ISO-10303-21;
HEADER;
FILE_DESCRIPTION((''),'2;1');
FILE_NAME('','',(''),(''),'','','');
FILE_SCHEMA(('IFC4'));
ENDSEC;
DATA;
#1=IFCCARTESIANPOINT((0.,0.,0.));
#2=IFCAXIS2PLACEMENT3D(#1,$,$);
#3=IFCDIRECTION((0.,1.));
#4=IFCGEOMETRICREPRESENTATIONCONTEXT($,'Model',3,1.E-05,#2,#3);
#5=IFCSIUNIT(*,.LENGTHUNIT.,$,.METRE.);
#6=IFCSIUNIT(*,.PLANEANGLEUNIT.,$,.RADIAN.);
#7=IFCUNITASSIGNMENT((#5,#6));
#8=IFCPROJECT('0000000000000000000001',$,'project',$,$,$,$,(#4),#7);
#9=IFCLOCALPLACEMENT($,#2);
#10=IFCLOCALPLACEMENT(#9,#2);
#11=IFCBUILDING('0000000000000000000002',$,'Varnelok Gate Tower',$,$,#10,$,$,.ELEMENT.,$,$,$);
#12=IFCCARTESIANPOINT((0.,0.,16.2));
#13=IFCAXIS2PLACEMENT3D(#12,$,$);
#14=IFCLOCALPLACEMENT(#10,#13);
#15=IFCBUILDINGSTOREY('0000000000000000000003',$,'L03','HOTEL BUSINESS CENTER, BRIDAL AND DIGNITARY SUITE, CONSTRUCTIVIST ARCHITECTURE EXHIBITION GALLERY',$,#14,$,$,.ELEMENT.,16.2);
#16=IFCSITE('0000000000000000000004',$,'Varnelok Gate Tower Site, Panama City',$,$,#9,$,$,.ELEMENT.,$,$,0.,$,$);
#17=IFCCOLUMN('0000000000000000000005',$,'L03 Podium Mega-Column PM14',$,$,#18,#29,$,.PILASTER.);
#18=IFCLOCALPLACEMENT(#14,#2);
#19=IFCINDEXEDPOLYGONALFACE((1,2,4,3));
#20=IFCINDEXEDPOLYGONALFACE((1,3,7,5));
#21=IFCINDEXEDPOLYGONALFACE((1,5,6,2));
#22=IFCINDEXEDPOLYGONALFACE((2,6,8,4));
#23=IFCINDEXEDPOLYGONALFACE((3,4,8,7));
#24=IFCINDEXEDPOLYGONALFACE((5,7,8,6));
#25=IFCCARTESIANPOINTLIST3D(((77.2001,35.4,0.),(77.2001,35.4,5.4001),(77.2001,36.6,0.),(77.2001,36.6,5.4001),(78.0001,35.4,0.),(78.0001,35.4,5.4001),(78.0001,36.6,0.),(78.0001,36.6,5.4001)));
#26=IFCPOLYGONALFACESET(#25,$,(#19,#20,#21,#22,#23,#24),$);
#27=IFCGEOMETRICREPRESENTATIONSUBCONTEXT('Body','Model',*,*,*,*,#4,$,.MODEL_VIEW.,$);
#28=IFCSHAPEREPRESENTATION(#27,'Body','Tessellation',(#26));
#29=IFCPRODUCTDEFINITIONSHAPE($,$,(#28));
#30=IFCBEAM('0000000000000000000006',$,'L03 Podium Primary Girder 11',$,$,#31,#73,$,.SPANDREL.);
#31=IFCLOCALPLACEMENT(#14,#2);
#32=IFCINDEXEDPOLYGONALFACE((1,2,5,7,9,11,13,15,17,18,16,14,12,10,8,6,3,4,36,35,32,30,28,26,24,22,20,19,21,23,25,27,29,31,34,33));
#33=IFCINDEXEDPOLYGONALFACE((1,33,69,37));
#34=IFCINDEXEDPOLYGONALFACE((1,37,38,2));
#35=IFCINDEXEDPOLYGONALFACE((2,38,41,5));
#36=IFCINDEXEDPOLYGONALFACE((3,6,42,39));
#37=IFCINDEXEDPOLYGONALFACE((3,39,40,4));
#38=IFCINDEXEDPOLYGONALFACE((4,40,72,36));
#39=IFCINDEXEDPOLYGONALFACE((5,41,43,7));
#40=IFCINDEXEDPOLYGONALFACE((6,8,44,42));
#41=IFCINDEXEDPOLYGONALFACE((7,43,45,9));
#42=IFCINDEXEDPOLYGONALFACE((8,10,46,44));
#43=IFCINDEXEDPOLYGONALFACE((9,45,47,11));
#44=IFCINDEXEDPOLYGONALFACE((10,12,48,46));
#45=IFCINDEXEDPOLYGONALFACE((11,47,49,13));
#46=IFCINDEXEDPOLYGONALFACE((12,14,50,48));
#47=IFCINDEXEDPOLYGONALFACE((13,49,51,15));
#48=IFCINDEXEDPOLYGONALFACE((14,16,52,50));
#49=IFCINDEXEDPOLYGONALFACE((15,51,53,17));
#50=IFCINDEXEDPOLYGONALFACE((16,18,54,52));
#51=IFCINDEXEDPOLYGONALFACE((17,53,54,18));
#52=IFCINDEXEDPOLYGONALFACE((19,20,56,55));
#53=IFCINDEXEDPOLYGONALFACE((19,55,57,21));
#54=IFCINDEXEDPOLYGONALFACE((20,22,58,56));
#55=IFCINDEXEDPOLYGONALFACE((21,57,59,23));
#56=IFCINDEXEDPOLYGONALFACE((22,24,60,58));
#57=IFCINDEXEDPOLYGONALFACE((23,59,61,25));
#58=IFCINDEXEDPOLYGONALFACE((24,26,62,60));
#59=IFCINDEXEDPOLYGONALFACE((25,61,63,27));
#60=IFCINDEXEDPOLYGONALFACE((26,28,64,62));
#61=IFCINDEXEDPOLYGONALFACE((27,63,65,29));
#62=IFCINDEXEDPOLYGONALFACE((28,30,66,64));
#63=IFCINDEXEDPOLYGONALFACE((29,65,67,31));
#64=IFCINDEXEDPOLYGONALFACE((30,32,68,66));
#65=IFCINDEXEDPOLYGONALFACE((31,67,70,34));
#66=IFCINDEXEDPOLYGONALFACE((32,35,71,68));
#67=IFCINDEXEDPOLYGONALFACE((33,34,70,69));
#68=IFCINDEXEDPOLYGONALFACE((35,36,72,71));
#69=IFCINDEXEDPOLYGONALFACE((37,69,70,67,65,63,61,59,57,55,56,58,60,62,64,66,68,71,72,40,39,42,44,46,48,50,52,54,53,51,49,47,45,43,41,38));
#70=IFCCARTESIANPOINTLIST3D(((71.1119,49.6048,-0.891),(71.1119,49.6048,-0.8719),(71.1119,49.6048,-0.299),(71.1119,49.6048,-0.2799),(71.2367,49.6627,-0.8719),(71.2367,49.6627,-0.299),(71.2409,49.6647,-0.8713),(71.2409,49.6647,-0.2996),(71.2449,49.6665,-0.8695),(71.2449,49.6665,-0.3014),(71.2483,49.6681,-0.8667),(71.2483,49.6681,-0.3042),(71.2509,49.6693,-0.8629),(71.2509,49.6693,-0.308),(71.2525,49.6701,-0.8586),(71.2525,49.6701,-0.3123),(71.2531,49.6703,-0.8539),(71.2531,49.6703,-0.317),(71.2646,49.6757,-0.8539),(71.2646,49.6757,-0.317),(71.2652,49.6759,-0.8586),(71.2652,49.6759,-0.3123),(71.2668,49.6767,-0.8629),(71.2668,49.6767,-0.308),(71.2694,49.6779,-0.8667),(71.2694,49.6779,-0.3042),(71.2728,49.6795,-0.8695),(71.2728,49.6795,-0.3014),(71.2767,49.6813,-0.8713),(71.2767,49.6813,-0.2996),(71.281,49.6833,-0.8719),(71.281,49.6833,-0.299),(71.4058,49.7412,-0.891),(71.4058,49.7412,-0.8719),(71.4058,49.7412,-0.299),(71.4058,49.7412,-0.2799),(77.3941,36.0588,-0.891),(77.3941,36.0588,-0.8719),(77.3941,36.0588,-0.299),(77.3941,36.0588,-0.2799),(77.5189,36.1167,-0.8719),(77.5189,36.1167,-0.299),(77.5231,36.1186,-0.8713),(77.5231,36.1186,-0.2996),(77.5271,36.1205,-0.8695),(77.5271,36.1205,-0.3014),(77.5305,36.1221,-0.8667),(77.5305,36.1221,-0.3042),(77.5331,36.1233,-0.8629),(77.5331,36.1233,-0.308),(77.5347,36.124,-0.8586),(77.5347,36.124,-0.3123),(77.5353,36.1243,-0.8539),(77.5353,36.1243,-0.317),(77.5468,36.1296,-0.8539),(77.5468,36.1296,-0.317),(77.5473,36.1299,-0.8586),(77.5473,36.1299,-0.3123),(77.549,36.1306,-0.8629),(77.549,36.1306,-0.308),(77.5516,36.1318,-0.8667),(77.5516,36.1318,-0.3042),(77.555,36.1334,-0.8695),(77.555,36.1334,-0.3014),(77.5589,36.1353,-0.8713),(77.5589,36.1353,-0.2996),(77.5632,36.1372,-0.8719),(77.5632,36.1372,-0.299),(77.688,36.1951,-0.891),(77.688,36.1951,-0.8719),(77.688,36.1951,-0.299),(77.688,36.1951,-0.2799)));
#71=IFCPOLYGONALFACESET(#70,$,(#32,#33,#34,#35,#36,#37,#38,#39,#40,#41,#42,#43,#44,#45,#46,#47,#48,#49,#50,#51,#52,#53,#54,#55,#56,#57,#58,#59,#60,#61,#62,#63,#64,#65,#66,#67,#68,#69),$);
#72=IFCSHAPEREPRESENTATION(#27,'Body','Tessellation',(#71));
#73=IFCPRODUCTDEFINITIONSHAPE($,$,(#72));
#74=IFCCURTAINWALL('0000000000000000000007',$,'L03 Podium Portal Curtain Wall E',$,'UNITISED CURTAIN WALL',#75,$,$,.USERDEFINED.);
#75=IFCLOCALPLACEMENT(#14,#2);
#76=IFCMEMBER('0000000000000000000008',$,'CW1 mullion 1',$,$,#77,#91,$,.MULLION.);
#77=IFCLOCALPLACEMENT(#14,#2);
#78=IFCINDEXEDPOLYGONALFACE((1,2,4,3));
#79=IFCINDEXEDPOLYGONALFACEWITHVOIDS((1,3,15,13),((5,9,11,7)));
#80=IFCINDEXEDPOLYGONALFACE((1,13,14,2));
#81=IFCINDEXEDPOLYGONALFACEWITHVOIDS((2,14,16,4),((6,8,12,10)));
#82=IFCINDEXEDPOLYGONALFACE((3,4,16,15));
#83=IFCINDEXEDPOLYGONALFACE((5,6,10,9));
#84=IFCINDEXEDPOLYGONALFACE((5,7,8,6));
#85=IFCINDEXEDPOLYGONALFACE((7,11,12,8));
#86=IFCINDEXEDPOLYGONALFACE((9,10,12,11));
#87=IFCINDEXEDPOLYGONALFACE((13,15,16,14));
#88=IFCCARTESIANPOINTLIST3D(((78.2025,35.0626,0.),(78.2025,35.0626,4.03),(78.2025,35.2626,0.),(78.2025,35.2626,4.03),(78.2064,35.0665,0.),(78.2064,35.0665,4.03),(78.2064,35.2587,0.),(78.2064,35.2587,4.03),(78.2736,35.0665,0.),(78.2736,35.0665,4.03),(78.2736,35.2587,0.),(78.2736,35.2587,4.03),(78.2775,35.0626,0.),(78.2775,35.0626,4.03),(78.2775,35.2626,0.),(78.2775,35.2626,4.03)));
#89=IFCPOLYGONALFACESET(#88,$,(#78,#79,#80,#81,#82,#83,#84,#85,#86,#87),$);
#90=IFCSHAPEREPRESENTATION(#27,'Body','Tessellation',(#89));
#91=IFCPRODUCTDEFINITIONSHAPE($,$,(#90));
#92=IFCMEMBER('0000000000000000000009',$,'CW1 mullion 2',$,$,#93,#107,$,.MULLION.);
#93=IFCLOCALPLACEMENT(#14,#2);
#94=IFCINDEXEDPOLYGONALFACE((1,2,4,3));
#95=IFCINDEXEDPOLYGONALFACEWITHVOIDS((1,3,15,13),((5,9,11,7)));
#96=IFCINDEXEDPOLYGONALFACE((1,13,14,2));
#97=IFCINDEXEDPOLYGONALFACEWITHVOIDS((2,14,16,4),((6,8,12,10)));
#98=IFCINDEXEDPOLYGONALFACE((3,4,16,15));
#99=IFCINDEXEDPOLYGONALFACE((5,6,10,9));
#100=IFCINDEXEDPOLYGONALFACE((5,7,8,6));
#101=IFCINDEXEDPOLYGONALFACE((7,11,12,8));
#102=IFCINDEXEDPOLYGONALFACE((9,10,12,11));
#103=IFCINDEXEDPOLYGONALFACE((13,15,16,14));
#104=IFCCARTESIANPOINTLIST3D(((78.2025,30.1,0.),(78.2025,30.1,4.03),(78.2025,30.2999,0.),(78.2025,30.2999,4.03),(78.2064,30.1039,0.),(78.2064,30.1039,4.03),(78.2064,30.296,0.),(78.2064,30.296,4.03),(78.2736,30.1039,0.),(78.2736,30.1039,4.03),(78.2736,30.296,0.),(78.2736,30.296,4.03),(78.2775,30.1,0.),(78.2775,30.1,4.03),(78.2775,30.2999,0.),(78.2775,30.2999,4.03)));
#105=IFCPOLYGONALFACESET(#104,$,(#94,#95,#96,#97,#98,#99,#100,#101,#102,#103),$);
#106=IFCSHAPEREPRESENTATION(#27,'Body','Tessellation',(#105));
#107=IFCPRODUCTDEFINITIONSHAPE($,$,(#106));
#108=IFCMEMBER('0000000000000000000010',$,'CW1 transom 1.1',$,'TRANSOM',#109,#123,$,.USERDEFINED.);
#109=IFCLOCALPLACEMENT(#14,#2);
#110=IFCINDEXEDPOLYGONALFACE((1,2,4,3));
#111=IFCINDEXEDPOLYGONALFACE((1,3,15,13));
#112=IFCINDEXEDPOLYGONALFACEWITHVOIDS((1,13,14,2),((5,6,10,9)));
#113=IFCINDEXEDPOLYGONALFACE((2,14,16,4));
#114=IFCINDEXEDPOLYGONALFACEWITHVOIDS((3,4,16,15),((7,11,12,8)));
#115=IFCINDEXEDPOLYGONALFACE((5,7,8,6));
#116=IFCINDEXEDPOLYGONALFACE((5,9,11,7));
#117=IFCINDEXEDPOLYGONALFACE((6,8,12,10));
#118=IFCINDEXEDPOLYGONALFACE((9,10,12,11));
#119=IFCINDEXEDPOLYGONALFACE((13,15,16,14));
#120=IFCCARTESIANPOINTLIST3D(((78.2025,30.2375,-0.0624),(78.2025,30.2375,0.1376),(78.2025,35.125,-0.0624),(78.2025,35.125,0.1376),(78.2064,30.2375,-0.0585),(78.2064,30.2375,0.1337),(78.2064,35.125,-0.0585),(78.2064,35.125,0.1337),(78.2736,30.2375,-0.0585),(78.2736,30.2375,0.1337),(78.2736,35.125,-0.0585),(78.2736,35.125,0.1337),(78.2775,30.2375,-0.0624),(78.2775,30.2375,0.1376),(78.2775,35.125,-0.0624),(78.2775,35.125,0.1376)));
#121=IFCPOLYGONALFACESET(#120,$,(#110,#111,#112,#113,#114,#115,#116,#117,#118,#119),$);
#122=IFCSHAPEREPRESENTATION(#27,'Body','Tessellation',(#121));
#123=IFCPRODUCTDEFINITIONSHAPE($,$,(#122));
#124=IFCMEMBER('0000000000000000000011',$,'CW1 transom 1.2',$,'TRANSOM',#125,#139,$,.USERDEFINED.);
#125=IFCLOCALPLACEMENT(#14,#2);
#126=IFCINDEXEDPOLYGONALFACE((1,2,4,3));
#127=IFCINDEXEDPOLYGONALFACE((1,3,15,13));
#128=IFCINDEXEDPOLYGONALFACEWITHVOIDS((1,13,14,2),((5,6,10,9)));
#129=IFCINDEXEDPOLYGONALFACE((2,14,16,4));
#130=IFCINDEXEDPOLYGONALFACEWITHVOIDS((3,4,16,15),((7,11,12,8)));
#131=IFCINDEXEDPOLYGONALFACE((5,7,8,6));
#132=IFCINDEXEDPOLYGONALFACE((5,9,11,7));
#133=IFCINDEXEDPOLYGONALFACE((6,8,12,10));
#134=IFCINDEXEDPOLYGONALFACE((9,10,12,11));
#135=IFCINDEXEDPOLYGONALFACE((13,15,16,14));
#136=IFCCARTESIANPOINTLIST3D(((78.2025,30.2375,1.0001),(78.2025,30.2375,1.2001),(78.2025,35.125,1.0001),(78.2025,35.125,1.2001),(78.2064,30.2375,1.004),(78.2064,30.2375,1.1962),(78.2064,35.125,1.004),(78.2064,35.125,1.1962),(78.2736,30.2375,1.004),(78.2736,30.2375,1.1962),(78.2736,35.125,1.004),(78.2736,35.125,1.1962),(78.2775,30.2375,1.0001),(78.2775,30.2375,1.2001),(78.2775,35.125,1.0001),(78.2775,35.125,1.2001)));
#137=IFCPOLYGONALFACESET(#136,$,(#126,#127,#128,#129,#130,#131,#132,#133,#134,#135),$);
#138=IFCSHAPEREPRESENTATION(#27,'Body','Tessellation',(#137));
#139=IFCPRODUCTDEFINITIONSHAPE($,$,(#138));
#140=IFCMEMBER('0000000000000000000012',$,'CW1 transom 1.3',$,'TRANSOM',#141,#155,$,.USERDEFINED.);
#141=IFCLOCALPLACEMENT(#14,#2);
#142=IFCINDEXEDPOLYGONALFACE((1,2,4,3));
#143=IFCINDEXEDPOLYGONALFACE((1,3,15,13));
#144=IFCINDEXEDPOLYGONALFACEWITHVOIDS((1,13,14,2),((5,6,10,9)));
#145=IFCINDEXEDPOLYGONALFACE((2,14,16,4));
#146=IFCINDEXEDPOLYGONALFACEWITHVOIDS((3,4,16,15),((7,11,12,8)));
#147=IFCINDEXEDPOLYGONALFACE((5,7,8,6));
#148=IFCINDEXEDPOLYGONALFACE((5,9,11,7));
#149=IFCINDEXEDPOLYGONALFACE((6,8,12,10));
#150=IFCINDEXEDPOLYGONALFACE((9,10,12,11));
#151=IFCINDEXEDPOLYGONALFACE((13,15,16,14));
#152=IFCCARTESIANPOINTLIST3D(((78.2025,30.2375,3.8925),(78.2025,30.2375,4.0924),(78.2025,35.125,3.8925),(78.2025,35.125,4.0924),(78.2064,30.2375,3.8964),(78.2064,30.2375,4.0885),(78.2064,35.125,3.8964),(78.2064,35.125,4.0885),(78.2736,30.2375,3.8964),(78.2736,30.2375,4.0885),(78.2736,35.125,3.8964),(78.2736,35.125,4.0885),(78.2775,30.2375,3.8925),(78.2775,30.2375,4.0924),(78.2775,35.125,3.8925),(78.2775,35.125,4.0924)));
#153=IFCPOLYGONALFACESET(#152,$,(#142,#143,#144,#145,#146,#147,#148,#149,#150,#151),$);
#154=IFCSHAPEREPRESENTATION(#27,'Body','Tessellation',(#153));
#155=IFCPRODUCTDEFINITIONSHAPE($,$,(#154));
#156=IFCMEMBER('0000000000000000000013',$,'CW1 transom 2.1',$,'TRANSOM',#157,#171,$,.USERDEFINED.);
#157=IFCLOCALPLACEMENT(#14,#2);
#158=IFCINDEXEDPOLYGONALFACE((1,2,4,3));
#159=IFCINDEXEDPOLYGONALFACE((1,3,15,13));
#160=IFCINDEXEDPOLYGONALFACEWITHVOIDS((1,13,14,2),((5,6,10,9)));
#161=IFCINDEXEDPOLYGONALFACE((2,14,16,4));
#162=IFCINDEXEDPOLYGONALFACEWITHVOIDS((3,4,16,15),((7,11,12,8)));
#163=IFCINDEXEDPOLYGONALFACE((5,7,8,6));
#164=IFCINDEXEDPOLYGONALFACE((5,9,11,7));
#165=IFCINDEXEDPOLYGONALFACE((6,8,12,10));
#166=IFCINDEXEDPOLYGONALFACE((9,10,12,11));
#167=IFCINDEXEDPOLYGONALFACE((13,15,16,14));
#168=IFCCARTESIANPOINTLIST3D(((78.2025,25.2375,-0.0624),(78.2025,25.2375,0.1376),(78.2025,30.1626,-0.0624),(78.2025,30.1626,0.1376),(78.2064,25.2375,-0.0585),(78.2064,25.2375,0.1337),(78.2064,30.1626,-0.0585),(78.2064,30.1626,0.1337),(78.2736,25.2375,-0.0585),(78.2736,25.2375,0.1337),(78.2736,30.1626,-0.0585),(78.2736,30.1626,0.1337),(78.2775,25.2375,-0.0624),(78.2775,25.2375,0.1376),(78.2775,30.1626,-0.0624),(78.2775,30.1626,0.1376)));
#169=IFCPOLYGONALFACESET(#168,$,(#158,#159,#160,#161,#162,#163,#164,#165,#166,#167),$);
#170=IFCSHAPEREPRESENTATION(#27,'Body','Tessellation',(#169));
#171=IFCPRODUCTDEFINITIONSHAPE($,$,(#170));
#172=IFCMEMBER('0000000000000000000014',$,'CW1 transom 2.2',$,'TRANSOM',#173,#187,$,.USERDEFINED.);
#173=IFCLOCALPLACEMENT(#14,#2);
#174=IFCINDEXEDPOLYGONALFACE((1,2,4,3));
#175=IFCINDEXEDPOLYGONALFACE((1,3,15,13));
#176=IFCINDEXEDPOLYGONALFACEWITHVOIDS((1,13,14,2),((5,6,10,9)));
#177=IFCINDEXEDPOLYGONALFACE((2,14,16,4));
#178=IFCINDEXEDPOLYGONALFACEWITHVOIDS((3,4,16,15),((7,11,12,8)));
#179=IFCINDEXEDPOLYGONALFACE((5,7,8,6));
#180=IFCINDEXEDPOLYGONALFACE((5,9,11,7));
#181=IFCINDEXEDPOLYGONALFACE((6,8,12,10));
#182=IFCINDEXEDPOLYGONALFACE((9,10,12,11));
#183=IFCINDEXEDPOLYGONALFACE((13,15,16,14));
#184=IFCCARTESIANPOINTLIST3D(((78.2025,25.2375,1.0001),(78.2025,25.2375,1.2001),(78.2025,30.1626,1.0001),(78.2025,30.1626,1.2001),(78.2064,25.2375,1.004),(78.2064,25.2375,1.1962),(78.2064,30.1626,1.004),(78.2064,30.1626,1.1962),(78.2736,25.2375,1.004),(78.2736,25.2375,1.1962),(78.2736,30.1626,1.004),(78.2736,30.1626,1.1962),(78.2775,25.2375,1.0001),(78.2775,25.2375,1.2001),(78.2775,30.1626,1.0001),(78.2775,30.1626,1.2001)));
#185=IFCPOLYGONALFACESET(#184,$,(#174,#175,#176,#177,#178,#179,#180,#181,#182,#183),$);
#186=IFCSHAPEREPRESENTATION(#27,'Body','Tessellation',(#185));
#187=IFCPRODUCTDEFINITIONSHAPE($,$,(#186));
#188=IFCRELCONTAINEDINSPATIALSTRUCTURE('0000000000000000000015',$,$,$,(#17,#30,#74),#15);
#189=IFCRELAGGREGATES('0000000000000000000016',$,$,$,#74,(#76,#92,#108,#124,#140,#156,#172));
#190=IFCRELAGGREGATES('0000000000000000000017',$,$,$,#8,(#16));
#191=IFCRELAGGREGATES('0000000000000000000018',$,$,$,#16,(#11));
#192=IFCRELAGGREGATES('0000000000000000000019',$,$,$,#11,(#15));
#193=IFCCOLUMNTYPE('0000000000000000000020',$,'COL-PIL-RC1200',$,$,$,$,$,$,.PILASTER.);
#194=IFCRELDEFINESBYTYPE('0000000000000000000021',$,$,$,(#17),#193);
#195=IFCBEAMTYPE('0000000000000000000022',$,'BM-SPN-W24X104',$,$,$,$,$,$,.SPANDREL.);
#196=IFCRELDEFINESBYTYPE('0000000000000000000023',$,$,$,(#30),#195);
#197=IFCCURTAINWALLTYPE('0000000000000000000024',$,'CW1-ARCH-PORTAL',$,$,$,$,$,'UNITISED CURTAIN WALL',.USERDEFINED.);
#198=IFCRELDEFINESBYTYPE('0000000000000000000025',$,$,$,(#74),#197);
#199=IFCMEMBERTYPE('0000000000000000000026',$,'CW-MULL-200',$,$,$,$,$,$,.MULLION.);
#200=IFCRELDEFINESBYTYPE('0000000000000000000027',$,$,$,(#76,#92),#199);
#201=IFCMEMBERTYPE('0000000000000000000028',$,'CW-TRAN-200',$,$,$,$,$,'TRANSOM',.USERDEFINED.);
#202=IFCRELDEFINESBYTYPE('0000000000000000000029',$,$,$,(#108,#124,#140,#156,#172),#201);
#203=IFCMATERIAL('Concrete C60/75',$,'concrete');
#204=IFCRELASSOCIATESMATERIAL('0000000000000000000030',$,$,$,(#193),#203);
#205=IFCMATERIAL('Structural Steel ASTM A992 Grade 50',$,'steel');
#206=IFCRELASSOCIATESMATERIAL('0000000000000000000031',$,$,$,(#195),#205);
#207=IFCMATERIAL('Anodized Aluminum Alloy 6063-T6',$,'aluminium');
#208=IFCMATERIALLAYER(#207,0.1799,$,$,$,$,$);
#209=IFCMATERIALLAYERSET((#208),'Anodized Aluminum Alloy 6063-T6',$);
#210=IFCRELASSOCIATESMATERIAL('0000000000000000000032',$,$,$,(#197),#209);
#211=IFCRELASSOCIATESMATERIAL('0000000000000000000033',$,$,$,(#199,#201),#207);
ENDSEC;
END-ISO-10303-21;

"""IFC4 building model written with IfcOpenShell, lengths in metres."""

from ifc_helpers import new_model, si_unit, direction, frame, origin, origin_2d, place, context, subcontext, project, spatial, rectangle, hollow_rectangle, i_section, extrude, material, layer, layer_set, material_profile, profile_set, type_object, element, aggregate, save


model = new_model("IFC4")

# Units and contexts
model_context = context("Model", 3, precision=1e-05, world=origin(), true_north=direction((0.0, 1.0)))
body_context = subcontext(model_context, "Body", "Model", "MODEL_VIEW")
ifc_project = project(units=[si_unit("LENGTHUNIT", "METRE"), si_unit("PLANEANGLEUNIT", "RADIAN")], contexts=[model_context])

# Site, building, storey
site_placement = place(None, origin())
site = spatial("IfcSite", under=ifc_project, at=site_placement, Name="Varnelok Gate Tower Site, Panama City", CompositionType="ELEMENT", RefElevation=0.0)
building_placement = place(site_placement, origin())
building = spatial("IfcBuilding", under=site, at=building_placement, Name="Varnelok Gate Tower", CompositionType="ELEMENT")
storey_placement = place(building_placement, frame((0.0, 0.0, 16.2)))
storey = spatial("IfcBuildingStorey", under=building, at=storey_placement, Name="L03", Description="HOTEL BUSINESS CENTER, BRIDAL AND DIGNITARY SUITE, CONSTRUCTIVIST ARCHITECTURE EXHIBITION GALLERY", CompositionType="ELEMENT", Elevation=16.2)

# Column
ifc_material_1 = material(Name="Concrete C60/75", Category="concrete")
ifc_material_profile_1 = material_profile(ifc_material_1, rectangle(XDim=0.8, YDim=1.2, at=origin_2d()), Name="RC1200X800")
ifc_profile_set_1 = profile_set([ifc_material_profile_1], Name="Concrete C60/75")
column_type = type_object("IfcColumnType", Name="COL-PIL-RC1200", PredefinedType="PILASTER", material=ifc_profile_set_1)
column_placement = place(storey_placement, frame((77.6001, 36.0, 0.0), z_axis=(0.0, 0.0, 1.0), x_axis=(1.0, 0.0, 0.0)))
element("IfcColumn", 1, at=column_placement, inside=storey, type_object=column_type, Name="L03 Podium Mega-Column PM14", PredefinedType="PILASTER", context=body_context, shape_type="SweptSolid", body=[
    extrude(rectangle(XDim=0.8, YDim=1.2, at=origin_2d()), origin(), (0.0, 0.0, 1.0), 5.4001),
])

# Beam
ifc_material_2 = material(Name="Structural Steel ASTM A992 Grade 50", Category="steel")
ifc_material_profile_2 = material_profile(ifc_material_2, i_section(OverallWidth=0.324, OverallDepth=0.6111, WebThickness=0.0127, FlangeThickness=0.019, FilletRadius=0.0181, at=origin_2d()), Name="W24X104")
ifc_profile_set_2 = profile_set([ifc_material_profile_2], Name="Structural Steel ASTM A992 Grade 50")
beam_type = type_object("IfcBeamType", Name="BM-SPN-W24X104", PredefinedType="SPANDREL", material=ifc_profile_set_2)
beam_placement = place(storey_placement, frame((77.541, 36.127, -0.5854), z_axis=(-0.420723, 0.907189, 0.0), x_axis=(-0.907189, -0.420723, 0.0)))
element("IfcBeam", 2, at=beam_placement, inside=storey, type_object=beam_type, Name="L03 Podium Primary Girder 11", PredefinedType="SPANDREL", context=body_context, shape_type="SweptSolid", body=[
    extrude(i_section(OverallWidth=0.324, OverallDepth=0.6111, WebThickness=0.0127, FlangeThickness=0.019, FilletRadius=0.0181, at=origin_2d()), origin(), (0.0, 0.0, 1.0), 14.9319),
])

# Curtain wall, members
ifc_material_3 = material(Name="Anodized Aluminum Alloy 6063-T6", Category="aluminium")
ifc_layer_1 = layer(ifc_material_3, 0.1799)
ifc_layer_set_1 = layer_set([ifc_layer_1], Name="Anodized Aluminum Alloy 6063-T6")
curtain_wall_type = type_object("IfcCurtainWallType", Name="CW1-ARCH-PORTAL", ElementType="UNITISED CURTAIN WALL", PredefinedType="USERDEFINED", material=ifc_layer_set_1)
curtain_wall_placement = place(storey_placement, origin())
curtain_wall = element("IfcCurtainWall", 3, at=curtain_wall_placement, inside=storey, type_object=curtain_wall_type, Name="L03 Podium Portal Curtain Wall E", ObjectType="UNITISED CURTAIN WALL", PredefinedType="USERDEFINED")
ifc_material_profile_3 = material_profile(ifc_material_3, hollow_rectangle(XDim=0.075, YDim=0.2, WallThickness=0.0039, at=origin_2d()), Name="ALU200X75X4")
ifc_profile_set_3 = profile_set([ifc_material_profile_3], Name="Anodized Aluminum Alloy 6063-T6")
member_type_1 = type_object("IfcMemberType", Name="CW-MULL-200", PredefinedType="MULLION", material=ifc_profile_set_3)
member_1_placement = place(storey_placement, frame((78.24, 35.1626, 0.0), z_axis=(0.0, 0.0, 1.0), x_axis=(1.0, 0.0, 0.0)))
member_1 = element("IfcMember", 4, at=member_1_placement, type_object=member_type_1, Name="CW1 mullion 1", PredefinedType="MULLION", context=body_context, shape_type="SweptSolid", body=[
    extrude(hollow_rectangle(XDim=0.075, YDim=0.2, WallThickness=0.0039, at=origin_2d()), origin(), (0.0, 0.0, 1.0), 4.03),
])
member_2_placement = place(storey_placement, frame((78.24, 30.2, 0.0), z_axis=(0.0, 0.0, 1.0), x_axis=(1.0, 0.0, 0.0)))
member_2 = element("IfcMember", 5, at=member_2_placement, type_object=member_type_1, Name="CW1 mullion 2", PredefinedType="MULLION", context=body_context, shape_type="SweptSolid", body=[
    extrude(hollow_rectangle(XDim=0.075, YDim=0.2, WallThickness=0.0039, at=origin_2d()), origin(), (0.0, 0.0, 1.0), 4.03),
])
ifc_material_profile_4 = material_profile(ifc_material_3, hollow_rectangle(XDim=0.075, YDim=0.2, WallThickness=0.0039, at=origin_2d()), Name="ALU200X75X4")
ifc_profile_set_4 = profile_set([ifc_material_profile_4], Name="Anodized Aluminum Alloy 6063-T6")
member_type_2 = type_object("IfcMemberType", Name="CW-TRAN-200", ElementType="TRANSOM", PredefinedType="USERDEFINED", material=ifc_profile_set_4)
member_3_placement = place(storey_placement, frame((78.24, 35.125, 0.0376), z_axis=(0.0, -1.0, 0.0), x_axis=(1.0, 0.0, 0.0)))
member_3 = element("IfcMember", 6, at=member_3_placement, type_object=member_type_2, Name="CW1 transom 1.1", ObjectType="TRANSOM", PredefinedType="USERDEFINED", context=body_context, shape_type="SweptSolid", body=[
    extrude(hollow_rectangle(XDim=0.075, YDim=0.2, WallThickness=0.0039, at=origin_2d()), origin(), (0.0, 0.0, 1.0), 4.8875),
])
member_4_placement = place(storey_placement, frame((78.24, 35.125, 1.1001), z_axis=(0.0, -1.0, 0.0), x_axis=(1.0, 0.0, 0.0)))
member_4 = element("IfcMember", 7, at=member_4_placement, type_object=member_type_2, Name="CW1 transom 1.2", ObjectType="TRANSOM", PredefinedType="USERDEFINED", context=body_context, shape_type="SweptSolid", body=[
    extrude(hollow_rectangle(XDim=0.075, YDim=0.2, WallThickness=0.0039, at=origin_2d()), origin(), (0.0, 0.0, 1.0), 4.8875),
])
member_5_placement = place(storey_placement, frame((78.24, 35.125, 3.9924), z_axis=(0.0, -1.0, 0.0), x_axis=(1.0, 0.0, 0.0)))
member_5 = element("IfcMember", 8, at=member_5_placement, type_object=member_type_2, Name="CW1 transom 1.3", ObjectType="TRANSOM", PredefinedType="USERDEFINED", context=body_context, shape_type="SweptSolid", body=[
    extrude(hollow_rectangle(XDim=0.075, YDim=0.2, WallThickness=0.0039, at=origin_2d()), origin(), (0.0, 0.0, 1.0), 4.8875),
])
member_6_placement = place(storey_placement, frame((78.24, 30.1626, 0.0376), z_axis=(0.0, -1.0, 0.0), x_axis=(1.0, 0.0, 0.0)))
member_6 = element("IfcMember", 9, at=member_6_placement, type_object=member_type_2, Name="CW1 transom 2.1", ObjectType="TRANSOM", PredefinedType="USERDEFINED", context=body_context, shape_type="SweptSolid", body=[
    extrude(hollow_rectangle(XDim=0.075, YDim=0.2, WallThickness=0.0039, at=origin_2d()), origin(), (0.0, 0.0, 1.0), 4.925),
])
member_7_placement = place(storey_placement, frame((78.24, 30.1626, 1.1001), z_axis=(0.0, -1.0, 0.0), x_axis=(1.0, 0.0, 0.0)))
member_7 = element("IfcMember", 10, at=member_7_placement, type_object=member_type_2, Name="CW1 transom 2.2", ObjectType="TRANSOM", PredefinedType="USERDEFINED", context=body_context, shape_type="SweptSolid", body=[
    extrude(hollow_rectangle(XDim=0.075, YDim=0.2, WallThickness=0.0039, at=origin_2d()), origin(), (0.0, 0.0, 1.0), 4.925),
])
aggregate(curtain_wall, [member_1, member_2, member_3, member_4, member_5, member_6, member_7])

save(model, "model.ifc")
